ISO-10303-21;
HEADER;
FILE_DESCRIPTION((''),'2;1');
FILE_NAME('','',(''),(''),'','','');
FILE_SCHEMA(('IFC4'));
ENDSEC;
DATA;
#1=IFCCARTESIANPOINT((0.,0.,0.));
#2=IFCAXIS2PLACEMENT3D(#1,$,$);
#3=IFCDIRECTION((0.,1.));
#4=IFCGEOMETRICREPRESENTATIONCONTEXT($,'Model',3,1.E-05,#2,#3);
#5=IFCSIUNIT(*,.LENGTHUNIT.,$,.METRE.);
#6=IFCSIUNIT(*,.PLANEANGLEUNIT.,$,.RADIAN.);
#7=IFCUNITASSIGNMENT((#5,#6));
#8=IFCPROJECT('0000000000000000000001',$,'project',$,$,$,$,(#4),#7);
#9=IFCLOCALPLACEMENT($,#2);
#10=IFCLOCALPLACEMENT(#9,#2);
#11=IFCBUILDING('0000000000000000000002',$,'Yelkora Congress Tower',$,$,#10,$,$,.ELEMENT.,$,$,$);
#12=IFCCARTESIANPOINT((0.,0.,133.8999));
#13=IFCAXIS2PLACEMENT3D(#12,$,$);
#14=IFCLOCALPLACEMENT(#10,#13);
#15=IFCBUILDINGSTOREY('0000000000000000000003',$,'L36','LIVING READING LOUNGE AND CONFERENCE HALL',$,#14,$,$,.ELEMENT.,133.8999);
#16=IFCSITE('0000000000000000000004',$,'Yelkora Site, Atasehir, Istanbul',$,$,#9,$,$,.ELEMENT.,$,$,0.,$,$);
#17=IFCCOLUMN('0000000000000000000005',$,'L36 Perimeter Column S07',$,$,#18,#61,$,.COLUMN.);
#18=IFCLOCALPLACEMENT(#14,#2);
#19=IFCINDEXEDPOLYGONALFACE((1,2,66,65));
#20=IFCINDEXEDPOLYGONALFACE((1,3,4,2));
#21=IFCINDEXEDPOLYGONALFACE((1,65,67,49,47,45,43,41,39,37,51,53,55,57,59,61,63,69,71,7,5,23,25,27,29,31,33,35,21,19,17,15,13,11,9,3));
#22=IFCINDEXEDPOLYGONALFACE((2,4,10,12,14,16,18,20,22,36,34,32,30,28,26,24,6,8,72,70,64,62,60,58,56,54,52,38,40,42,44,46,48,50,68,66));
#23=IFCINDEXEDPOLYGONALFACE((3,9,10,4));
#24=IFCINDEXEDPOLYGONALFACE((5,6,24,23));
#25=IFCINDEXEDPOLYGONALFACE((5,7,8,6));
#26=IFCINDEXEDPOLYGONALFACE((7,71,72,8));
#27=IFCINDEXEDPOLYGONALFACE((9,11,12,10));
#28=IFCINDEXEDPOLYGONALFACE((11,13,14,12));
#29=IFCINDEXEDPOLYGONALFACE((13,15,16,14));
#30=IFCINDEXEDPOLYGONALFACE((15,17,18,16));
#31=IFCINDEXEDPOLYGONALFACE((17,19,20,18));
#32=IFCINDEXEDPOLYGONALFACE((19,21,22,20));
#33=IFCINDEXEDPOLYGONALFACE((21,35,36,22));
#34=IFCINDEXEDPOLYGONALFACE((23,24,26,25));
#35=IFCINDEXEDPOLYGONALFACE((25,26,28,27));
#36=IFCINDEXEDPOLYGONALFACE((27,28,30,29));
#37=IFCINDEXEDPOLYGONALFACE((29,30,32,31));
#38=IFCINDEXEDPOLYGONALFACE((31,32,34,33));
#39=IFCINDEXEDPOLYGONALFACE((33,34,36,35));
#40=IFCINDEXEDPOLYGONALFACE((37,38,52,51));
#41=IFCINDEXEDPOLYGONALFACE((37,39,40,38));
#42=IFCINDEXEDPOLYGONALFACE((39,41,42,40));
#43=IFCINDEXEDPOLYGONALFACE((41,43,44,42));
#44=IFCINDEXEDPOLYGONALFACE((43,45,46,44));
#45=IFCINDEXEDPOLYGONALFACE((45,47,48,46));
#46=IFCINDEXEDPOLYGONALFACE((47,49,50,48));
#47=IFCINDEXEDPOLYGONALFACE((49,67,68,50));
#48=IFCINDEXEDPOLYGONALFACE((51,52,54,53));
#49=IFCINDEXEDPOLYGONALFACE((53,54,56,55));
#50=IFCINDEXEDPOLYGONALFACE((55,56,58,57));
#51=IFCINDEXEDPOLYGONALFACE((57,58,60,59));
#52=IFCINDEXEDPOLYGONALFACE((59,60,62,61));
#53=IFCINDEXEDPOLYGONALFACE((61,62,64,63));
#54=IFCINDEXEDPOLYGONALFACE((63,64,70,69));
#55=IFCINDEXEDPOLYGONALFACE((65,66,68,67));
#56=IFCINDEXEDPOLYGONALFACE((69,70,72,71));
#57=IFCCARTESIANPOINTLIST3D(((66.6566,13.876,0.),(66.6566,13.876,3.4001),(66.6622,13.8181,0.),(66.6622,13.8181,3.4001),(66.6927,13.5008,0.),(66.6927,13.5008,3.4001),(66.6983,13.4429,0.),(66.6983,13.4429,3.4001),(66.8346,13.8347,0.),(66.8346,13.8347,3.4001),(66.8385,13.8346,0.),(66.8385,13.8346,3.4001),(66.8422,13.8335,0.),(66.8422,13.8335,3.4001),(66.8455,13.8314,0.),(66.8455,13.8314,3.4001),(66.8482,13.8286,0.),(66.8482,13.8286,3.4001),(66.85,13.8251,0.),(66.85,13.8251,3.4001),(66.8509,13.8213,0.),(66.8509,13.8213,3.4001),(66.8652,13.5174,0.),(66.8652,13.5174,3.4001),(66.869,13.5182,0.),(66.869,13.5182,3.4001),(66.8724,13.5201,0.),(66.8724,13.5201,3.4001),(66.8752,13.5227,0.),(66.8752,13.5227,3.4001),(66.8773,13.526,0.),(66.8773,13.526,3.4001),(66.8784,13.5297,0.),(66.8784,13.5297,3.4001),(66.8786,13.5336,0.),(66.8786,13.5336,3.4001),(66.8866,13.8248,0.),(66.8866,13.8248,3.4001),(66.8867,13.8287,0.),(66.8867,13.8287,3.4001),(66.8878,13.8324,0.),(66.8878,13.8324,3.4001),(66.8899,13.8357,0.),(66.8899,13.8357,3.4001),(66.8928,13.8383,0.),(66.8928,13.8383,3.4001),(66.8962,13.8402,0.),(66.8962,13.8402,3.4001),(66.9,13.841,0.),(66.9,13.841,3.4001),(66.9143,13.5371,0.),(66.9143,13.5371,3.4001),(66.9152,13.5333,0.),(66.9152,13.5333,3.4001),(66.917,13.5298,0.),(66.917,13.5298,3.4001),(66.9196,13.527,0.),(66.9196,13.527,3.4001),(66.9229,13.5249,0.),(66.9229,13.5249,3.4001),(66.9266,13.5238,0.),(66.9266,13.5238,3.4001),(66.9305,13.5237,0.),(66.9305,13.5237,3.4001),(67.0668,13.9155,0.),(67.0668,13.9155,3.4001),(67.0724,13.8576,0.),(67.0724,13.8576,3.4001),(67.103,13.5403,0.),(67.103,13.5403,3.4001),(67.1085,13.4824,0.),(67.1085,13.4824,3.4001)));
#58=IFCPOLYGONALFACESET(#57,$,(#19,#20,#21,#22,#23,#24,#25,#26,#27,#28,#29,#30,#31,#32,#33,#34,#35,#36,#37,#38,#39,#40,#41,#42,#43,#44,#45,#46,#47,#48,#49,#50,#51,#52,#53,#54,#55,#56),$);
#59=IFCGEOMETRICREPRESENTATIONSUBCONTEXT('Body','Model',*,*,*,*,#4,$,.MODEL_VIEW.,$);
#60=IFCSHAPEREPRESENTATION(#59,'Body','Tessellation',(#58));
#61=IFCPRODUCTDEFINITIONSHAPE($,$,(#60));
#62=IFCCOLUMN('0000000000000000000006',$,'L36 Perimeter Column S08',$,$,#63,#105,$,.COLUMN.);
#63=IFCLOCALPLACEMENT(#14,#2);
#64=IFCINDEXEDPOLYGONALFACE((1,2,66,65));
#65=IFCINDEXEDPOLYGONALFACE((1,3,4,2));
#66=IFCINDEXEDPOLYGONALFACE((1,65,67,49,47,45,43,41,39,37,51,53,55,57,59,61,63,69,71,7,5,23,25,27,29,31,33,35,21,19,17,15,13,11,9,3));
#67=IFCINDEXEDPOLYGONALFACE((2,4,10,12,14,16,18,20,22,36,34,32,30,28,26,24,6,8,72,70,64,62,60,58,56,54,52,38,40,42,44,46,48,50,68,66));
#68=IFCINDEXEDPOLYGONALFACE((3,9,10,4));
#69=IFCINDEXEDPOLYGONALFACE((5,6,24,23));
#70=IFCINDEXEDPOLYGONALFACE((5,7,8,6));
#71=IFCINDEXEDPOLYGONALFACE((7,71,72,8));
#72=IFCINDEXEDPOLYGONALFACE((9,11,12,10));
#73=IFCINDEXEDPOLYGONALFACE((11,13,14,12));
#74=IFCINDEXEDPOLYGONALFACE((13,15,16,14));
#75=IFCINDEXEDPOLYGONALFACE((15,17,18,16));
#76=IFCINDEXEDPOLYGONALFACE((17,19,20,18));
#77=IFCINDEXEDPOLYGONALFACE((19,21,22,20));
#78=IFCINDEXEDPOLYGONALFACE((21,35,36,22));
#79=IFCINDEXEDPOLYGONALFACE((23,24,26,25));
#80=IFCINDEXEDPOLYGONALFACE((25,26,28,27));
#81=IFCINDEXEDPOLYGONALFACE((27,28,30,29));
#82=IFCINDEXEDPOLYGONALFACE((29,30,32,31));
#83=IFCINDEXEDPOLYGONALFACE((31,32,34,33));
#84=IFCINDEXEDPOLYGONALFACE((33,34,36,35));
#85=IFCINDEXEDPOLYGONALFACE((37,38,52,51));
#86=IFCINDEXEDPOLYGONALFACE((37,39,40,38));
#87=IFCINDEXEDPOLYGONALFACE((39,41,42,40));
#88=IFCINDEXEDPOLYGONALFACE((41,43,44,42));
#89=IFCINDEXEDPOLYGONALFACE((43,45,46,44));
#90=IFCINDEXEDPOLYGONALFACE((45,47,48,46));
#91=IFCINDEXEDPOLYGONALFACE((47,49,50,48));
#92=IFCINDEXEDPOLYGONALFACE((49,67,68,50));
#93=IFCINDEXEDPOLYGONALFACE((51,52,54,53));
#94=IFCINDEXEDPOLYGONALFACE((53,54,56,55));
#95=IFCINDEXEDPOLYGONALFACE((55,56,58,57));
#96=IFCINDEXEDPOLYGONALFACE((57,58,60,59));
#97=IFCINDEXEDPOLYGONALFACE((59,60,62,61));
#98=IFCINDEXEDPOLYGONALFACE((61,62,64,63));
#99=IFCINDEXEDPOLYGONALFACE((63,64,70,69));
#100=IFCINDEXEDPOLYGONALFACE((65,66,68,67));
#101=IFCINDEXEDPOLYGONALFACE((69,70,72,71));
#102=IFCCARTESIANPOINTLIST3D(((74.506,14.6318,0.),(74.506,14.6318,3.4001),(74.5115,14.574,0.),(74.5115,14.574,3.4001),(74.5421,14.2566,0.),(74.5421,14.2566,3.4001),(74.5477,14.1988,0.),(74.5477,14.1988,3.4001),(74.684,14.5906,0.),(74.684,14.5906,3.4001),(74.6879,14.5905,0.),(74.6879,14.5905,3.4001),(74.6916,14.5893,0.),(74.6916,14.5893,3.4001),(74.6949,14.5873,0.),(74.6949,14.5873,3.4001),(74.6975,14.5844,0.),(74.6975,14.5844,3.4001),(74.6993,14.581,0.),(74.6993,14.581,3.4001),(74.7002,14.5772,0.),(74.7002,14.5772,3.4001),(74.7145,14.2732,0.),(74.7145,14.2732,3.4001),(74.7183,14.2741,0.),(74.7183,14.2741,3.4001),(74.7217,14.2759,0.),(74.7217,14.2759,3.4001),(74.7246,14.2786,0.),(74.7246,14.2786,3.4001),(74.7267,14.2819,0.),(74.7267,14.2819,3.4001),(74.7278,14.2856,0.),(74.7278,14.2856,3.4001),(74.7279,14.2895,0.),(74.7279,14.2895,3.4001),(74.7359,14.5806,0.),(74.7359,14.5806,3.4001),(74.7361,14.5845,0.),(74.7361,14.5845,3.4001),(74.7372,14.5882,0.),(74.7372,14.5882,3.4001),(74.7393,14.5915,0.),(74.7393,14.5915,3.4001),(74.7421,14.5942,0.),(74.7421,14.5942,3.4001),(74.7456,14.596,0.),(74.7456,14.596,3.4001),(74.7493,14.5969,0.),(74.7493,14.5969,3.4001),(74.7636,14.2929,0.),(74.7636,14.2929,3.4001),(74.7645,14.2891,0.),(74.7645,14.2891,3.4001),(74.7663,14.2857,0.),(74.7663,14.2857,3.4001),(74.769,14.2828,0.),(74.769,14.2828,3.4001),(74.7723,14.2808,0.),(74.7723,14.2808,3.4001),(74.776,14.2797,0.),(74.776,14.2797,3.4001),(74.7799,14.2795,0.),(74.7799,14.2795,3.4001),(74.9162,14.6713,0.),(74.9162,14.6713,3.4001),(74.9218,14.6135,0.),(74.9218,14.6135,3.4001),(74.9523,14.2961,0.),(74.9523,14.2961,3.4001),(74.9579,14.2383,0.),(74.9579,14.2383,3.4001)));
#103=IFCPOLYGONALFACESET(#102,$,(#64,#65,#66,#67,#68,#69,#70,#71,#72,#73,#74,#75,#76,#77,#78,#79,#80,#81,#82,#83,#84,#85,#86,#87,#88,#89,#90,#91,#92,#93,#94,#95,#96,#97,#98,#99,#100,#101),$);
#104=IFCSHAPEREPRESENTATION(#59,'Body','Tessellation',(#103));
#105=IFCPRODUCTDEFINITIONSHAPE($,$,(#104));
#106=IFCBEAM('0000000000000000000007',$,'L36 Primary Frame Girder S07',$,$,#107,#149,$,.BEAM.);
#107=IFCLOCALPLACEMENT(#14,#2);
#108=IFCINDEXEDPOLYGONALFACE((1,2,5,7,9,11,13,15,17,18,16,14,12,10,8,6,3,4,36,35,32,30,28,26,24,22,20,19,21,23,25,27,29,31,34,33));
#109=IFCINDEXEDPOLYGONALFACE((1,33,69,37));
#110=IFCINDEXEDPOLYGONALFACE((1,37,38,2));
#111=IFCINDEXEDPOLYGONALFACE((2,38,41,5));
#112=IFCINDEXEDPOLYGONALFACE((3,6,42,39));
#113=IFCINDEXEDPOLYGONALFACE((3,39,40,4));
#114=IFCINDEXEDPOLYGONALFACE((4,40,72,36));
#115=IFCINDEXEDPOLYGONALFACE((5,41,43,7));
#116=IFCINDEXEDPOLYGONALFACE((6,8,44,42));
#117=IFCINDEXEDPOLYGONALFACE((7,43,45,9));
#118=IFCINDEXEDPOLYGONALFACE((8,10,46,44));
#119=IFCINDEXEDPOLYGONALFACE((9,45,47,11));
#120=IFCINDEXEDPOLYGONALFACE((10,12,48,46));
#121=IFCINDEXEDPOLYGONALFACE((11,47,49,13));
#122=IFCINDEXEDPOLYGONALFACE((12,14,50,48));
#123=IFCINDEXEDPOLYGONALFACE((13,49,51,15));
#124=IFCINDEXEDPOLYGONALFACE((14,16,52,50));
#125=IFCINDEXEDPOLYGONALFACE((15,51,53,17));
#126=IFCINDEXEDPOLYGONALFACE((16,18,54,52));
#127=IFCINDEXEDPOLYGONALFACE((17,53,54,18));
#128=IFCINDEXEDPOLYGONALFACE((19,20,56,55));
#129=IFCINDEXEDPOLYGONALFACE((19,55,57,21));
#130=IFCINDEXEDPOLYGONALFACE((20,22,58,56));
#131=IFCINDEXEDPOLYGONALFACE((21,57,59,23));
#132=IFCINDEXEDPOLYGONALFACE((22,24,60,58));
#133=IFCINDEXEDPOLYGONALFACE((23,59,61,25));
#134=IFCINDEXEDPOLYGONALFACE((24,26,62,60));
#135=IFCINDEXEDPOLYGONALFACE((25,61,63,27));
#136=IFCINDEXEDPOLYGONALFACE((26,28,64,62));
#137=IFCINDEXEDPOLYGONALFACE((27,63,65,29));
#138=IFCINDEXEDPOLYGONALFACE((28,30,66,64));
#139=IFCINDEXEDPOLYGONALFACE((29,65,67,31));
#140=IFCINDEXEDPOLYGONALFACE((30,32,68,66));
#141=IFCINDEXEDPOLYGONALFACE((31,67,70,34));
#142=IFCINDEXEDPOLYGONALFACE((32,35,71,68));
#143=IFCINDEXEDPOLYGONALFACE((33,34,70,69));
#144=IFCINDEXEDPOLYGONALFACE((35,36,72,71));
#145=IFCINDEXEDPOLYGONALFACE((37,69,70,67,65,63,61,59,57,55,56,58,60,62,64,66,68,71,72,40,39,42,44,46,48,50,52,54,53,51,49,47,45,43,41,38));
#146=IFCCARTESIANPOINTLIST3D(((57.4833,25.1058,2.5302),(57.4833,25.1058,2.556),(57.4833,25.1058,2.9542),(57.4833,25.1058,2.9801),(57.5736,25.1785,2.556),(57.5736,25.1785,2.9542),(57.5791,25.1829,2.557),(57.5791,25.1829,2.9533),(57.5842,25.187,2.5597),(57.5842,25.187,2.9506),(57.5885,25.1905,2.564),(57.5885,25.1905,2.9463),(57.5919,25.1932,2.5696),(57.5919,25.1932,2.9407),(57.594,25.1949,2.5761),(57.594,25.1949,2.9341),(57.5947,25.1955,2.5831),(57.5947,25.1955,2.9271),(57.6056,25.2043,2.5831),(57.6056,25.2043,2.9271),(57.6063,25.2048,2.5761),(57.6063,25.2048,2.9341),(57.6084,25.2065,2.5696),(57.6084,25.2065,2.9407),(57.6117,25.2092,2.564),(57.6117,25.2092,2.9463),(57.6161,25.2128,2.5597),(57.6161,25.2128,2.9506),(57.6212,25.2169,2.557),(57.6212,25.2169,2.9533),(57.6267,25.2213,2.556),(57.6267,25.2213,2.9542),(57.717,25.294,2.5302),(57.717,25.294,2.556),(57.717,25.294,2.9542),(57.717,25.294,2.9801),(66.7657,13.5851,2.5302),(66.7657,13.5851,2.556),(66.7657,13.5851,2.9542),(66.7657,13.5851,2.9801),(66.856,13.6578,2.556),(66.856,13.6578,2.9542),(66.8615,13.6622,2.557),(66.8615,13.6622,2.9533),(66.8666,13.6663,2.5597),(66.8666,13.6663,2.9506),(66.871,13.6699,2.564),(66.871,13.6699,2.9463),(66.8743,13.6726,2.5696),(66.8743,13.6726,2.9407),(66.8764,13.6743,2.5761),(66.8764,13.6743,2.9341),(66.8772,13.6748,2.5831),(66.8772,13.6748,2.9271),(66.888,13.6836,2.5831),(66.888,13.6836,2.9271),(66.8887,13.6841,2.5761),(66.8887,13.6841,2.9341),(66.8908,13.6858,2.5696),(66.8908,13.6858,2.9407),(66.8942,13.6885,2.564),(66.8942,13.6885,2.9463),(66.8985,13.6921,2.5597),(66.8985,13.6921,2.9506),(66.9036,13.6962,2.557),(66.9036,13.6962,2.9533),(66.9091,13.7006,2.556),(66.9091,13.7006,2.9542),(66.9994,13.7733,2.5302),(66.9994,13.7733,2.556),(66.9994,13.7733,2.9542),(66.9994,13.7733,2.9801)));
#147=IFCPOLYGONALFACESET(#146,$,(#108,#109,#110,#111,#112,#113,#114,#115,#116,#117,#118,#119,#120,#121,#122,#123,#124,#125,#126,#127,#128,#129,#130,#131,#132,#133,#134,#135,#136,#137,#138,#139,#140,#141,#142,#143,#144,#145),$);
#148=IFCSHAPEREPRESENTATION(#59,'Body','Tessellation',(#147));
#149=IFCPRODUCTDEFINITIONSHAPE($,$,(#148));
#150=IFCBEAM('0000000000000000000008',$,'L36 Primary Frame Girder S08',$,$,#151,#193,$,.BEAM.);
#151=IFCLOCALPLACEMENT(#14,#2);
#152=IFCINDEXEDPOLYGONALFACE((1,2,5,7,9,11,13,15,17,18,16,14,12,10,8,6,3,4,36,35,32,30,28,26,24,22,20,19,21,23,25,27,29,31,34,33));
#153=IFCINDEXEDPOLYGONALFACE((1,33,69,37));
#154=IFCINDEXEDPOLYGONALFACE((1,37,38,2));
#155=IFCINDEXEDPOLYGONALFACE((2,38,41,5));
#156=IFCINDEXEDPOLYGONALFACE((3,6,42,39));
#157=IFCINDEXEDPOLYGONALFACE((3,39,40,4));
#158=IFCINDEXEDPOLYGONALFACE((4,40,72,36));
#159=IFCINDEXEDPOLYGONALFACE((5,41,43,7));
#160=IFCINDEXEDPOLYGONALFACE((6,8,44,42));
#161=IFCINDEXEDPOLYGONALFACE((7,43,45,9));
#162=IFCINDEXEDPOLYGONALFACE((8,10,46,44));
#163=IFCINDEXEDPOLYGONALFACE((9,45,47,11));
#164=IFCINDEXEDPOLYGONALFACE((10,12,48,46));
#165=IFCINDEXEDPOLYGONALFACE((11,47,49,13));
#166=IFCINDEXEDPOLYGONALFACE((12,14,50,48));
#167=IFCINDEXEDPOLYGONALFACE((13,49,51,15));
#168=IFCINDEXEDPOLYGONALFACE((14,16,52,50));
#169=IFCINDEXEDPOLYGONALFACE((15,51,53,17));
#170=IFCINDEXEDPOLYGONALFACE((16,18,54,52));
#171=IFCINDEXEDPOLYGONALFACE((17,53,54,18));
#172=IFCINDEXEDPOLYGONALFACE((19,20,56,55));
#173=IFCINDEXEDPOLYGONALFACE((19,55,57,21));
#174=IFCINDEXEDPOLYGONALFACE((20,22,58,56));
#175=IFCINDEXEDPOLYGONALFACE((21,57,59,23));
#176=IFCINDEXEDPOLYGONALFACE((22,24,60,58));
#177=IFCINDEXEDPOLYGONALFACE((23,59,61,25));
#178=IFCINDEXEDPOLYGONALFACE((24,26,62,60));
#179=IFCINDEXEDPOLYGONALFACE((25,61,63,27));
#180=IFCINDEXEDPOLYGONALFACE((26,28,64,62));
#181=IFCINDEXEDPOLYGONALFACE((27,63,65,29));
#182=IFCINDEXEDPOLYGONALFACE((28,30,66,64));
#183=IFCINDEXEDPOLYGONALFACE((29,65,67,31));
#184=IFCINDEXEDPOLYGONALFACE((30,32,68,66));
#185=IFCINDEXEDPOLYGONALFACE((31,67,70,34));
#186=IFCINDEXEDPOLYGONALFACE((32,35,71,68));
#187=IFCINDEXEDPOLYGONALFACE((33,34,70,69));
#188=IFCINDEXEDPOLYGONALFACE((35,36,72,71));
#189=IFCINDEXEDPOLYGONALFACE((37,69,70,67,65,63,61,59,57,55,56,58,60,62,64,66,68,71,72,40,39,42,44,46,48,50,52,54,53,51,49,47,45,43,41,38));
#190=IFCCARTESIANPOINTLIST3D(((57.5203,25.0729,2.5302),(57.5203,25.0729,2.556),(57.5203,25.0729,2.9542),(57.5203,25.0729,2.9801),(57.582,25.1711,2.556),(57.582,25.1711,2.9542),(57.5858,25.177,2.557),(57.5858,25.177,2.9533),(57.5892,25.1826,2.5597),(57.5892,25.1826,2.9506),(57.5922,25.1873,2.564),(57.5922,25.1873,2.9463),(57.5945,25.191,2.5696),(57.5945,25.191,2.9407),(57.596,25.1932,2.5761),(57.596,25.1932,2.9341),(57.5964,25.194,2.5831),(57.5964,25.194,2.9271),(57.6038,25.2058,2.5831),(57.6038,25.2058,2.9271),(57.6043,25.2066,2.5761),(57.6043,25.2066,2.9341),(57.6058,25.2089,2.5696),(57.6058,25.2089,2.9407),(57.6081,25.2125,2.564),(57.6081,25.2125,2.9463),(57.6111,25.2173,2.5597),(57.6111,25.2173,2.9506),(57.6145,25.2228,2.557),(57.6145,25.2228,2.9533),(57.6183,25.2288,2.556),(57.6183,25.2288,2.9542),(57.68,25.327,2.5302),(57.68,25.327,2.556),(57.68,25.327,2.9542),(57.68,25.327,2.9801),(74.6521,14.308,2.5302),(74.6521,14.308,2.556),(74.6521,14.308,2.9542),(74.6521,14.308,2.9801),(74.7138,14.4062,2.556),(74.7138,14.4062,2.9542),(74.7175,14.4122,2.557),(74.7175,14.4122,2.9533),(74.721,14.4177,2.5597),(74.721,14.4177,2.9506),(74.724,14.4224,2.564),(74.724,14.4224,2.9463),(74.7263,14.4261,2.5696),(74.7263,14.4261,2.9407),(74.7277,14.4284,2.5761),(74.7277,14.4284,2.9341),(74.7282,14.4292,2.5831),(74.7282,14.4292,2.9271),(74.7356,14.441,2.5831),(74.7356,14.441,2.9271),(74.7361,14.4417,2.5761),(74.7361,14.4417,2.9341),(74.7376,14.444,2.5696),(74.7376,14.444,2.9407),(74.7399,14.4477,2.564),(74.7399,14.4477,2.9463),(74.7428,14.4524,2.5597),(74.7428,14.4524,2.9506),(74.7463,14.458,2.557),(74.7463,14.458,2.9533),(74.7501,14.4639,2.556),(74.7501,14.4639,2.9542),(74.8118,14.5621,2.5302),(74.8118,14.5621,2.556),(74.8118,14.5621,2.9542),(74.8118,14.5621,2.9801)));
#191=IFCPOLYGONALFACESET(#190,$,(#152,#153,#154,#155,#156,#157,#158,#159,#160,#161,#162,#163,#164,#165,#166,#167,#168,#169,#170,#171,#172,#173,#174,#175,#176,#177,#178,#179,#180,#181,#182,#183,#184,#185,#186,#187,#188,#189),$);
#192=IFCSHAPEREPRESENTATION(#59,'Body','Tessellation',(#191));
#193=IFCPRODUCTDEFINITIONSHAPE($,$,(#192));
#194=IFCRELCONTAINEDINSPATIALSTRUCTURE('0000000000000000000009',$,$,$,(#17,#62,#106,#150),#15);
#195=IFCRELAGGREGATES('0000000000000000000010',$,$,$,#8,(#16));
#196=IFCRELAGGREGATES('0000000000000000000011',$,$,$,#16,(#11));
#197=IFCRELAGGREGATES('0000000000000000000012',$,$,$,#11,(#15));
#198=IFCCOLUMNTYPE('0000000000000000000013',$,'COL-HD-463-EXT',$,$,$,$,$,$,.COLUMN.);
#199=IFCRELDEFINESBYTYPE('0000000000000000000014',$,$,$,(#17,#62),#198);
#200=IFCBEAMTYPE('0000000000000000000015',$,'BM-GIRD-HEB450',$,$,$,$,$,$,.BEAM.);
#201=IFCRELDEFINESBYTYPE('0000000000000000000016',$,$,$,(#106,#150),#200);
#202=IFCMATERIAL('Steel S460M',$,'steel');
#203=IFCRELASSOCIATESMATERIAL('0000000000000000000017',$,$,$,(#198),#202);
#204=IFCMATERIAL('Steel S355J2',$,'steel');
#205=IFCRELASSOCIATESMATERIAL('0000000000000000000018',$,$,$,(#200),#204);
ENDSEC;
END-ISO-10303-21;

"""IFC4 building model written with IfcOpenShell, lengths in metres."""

from ifc_helpers import new_model, si_unit, direction, frame, origin, origin_2d, place, context, subcontext, project, spatial, i_section, extrude, material, material_profile, profile_set, type_object, element, save


model = new_model("IFC4")

# Units and contexts
model_context = context("Model", 3, precision=1e-05, world=origin(), true_north=direction((0.0, 1.0)))
body_context = subcontext(model_context, "Body", "Model", "MODEL_VIEW")
ifc_project = project(units=[si_unit("LENGTHUNIT", "METRE"), si_unit("PLANEANGLEUNIT", "RADIAN")], contexts=[model_context])

# Site, building, storey
site_placement = place(None, origin())
site = spatial("IfcSite", under=ifc_project, at=site_placement, Name="Yelkora Site, Atasehir, Istanbul", CompositionType="ELEMENT", RefElevation=0.0)
building_placement = place(site_placement, origin())
building = spatial("IfcBuilding", under=site, at=building_placement, Name="Yelkora Congress Tower", CompositionType="ELEMENT")
storey_placement = place(building_placement, frame((0.0, 0.0, 133.8999)))
storey = spatial("IfcBuildingStorey", under=building, at=storey_placement, Name="L36", Description="LIVING READING LOUNGE AND CONFERENCE HALL", CompositionType="ELEMENT", Elevation=133.8999)

# Columns
ifc_material_1 = material(Name="Steel S460M", Category="steel")
ifc_material_profile_1 = material_profile(ifc_material_1, i_section(OverallWidth=0.4121, OverallDepth=0.4351, WebThickness=0.0359, FlangeThickness=0.0581, FilletRadius=0.0149, at=origin_2d()), Name="HD 400x463")
ifc_profile_set_1 = profile_set([ifc_material_profile_1], Name="Steel S460M")
column_type = type_object("IfcColumnType", Name="COL-HD-463-EXT", PredefinedType="COLUMN", material=ifc_profile_set_1)
for number, where, z_axis, x_axis, name in (
    (1, (66.8826, 13.6792, 0.0), (0.0, 0.0, 1.0), (0.995396, 0.095846, 0.0), "L36 Perimeter Column S07"),
    (2, (74.7319, 14.4351, 0.0), (0.0, 0.0, 1.0), (0.995396, 0.095846, 0.0), "L36 Perimeter Column S08"),
):
    element("IfcColumn", number, at=place(storey_placement, frame(where, z_axis=z_axis, x_axis=x_axis)), inside=storey, type_object=column_type, Name=name, PredefinedType="COLUMN", context=body_context, shape_type="SweptSolid", body=[
        extrude(i_section(OverallWidth=0.4121, OverallDepth=0.4351, WebThickness=0.0359, FlangeThickness=0.0581, FilletRadius=0.0149, at=origin_2d()), origin(), (0.0, 0.0, 1.0), 3.4001),
    ])

# Beams
ifc_material_2 = material(Name="Steel S355J2", Category="steel")
ifc_material_profile_2 = material_profile(ifc_material_2, i_section(OverallWidth=0.3, OverallDepth=0.45, WebThickness=0.0139, FlangeThickness=0.0259, FilletRadius=0.0271, at=origin_2d()), Name="HEB 450")
ifc_profile_set_2 = profile_set([ifc_material_profile_2], Name="Steel S355J2")
beam_type_1 = type_object("IfcBeamType", Name="BM-GIRD-HEB450", PredefinedType="BEAM", material=ifc_profile_set_2)
beam_1_placement = place(storey_placement, frame((66.8826, 13.6792, 2.7551), z_axis=(-0.627406, 0.778692, 0.0), x_axis=(-0.778692, -0.627406, 0.0)))
element("IfcBeam", 3, at=beam_1_placement, inside=storey, type_object=beam_type_1, Name="L36 Primary Frame Girder S07", PredefinedType="BEAM", context=body_context, shape_type="SweptSolid", body=[
    extrude(i_section(OverallWidth=0.3, OverallDepth=0.45, WebThickness=0.0139, FlangeThickness=0.0259, FilletRadius=0.0271, at=origin_2d()), origin(), (0.0, 0.0, 1.0), 14.7949),
])
beam_2_placement = place(storey_placement, frame((74.7319, 14.4351, 2.7551), z_axis=(-0.846719, 0.532041, 0.0), x_axis=(-0.532041, -0.846719, 0.0)))
element("IfcBeam", 4, at=beam_2_placement, inside=storey, type_object=beam_type_1, Name="L36 Primary Frame Girder S08", PredefinedType="BEAM", context=body_context, shape_type="SweptSolid", body=[
    extrude(i_section(OverallWidth=0.3, OverallDepth=0.45, WebThickness=0.0139, FlangeThickness=0.0259, FilletRadius=0.0271, at=origin_2d()), origin(), (0.0, 0.0, 1.0), 20.2332),
])

save(model, "model.ifc")
